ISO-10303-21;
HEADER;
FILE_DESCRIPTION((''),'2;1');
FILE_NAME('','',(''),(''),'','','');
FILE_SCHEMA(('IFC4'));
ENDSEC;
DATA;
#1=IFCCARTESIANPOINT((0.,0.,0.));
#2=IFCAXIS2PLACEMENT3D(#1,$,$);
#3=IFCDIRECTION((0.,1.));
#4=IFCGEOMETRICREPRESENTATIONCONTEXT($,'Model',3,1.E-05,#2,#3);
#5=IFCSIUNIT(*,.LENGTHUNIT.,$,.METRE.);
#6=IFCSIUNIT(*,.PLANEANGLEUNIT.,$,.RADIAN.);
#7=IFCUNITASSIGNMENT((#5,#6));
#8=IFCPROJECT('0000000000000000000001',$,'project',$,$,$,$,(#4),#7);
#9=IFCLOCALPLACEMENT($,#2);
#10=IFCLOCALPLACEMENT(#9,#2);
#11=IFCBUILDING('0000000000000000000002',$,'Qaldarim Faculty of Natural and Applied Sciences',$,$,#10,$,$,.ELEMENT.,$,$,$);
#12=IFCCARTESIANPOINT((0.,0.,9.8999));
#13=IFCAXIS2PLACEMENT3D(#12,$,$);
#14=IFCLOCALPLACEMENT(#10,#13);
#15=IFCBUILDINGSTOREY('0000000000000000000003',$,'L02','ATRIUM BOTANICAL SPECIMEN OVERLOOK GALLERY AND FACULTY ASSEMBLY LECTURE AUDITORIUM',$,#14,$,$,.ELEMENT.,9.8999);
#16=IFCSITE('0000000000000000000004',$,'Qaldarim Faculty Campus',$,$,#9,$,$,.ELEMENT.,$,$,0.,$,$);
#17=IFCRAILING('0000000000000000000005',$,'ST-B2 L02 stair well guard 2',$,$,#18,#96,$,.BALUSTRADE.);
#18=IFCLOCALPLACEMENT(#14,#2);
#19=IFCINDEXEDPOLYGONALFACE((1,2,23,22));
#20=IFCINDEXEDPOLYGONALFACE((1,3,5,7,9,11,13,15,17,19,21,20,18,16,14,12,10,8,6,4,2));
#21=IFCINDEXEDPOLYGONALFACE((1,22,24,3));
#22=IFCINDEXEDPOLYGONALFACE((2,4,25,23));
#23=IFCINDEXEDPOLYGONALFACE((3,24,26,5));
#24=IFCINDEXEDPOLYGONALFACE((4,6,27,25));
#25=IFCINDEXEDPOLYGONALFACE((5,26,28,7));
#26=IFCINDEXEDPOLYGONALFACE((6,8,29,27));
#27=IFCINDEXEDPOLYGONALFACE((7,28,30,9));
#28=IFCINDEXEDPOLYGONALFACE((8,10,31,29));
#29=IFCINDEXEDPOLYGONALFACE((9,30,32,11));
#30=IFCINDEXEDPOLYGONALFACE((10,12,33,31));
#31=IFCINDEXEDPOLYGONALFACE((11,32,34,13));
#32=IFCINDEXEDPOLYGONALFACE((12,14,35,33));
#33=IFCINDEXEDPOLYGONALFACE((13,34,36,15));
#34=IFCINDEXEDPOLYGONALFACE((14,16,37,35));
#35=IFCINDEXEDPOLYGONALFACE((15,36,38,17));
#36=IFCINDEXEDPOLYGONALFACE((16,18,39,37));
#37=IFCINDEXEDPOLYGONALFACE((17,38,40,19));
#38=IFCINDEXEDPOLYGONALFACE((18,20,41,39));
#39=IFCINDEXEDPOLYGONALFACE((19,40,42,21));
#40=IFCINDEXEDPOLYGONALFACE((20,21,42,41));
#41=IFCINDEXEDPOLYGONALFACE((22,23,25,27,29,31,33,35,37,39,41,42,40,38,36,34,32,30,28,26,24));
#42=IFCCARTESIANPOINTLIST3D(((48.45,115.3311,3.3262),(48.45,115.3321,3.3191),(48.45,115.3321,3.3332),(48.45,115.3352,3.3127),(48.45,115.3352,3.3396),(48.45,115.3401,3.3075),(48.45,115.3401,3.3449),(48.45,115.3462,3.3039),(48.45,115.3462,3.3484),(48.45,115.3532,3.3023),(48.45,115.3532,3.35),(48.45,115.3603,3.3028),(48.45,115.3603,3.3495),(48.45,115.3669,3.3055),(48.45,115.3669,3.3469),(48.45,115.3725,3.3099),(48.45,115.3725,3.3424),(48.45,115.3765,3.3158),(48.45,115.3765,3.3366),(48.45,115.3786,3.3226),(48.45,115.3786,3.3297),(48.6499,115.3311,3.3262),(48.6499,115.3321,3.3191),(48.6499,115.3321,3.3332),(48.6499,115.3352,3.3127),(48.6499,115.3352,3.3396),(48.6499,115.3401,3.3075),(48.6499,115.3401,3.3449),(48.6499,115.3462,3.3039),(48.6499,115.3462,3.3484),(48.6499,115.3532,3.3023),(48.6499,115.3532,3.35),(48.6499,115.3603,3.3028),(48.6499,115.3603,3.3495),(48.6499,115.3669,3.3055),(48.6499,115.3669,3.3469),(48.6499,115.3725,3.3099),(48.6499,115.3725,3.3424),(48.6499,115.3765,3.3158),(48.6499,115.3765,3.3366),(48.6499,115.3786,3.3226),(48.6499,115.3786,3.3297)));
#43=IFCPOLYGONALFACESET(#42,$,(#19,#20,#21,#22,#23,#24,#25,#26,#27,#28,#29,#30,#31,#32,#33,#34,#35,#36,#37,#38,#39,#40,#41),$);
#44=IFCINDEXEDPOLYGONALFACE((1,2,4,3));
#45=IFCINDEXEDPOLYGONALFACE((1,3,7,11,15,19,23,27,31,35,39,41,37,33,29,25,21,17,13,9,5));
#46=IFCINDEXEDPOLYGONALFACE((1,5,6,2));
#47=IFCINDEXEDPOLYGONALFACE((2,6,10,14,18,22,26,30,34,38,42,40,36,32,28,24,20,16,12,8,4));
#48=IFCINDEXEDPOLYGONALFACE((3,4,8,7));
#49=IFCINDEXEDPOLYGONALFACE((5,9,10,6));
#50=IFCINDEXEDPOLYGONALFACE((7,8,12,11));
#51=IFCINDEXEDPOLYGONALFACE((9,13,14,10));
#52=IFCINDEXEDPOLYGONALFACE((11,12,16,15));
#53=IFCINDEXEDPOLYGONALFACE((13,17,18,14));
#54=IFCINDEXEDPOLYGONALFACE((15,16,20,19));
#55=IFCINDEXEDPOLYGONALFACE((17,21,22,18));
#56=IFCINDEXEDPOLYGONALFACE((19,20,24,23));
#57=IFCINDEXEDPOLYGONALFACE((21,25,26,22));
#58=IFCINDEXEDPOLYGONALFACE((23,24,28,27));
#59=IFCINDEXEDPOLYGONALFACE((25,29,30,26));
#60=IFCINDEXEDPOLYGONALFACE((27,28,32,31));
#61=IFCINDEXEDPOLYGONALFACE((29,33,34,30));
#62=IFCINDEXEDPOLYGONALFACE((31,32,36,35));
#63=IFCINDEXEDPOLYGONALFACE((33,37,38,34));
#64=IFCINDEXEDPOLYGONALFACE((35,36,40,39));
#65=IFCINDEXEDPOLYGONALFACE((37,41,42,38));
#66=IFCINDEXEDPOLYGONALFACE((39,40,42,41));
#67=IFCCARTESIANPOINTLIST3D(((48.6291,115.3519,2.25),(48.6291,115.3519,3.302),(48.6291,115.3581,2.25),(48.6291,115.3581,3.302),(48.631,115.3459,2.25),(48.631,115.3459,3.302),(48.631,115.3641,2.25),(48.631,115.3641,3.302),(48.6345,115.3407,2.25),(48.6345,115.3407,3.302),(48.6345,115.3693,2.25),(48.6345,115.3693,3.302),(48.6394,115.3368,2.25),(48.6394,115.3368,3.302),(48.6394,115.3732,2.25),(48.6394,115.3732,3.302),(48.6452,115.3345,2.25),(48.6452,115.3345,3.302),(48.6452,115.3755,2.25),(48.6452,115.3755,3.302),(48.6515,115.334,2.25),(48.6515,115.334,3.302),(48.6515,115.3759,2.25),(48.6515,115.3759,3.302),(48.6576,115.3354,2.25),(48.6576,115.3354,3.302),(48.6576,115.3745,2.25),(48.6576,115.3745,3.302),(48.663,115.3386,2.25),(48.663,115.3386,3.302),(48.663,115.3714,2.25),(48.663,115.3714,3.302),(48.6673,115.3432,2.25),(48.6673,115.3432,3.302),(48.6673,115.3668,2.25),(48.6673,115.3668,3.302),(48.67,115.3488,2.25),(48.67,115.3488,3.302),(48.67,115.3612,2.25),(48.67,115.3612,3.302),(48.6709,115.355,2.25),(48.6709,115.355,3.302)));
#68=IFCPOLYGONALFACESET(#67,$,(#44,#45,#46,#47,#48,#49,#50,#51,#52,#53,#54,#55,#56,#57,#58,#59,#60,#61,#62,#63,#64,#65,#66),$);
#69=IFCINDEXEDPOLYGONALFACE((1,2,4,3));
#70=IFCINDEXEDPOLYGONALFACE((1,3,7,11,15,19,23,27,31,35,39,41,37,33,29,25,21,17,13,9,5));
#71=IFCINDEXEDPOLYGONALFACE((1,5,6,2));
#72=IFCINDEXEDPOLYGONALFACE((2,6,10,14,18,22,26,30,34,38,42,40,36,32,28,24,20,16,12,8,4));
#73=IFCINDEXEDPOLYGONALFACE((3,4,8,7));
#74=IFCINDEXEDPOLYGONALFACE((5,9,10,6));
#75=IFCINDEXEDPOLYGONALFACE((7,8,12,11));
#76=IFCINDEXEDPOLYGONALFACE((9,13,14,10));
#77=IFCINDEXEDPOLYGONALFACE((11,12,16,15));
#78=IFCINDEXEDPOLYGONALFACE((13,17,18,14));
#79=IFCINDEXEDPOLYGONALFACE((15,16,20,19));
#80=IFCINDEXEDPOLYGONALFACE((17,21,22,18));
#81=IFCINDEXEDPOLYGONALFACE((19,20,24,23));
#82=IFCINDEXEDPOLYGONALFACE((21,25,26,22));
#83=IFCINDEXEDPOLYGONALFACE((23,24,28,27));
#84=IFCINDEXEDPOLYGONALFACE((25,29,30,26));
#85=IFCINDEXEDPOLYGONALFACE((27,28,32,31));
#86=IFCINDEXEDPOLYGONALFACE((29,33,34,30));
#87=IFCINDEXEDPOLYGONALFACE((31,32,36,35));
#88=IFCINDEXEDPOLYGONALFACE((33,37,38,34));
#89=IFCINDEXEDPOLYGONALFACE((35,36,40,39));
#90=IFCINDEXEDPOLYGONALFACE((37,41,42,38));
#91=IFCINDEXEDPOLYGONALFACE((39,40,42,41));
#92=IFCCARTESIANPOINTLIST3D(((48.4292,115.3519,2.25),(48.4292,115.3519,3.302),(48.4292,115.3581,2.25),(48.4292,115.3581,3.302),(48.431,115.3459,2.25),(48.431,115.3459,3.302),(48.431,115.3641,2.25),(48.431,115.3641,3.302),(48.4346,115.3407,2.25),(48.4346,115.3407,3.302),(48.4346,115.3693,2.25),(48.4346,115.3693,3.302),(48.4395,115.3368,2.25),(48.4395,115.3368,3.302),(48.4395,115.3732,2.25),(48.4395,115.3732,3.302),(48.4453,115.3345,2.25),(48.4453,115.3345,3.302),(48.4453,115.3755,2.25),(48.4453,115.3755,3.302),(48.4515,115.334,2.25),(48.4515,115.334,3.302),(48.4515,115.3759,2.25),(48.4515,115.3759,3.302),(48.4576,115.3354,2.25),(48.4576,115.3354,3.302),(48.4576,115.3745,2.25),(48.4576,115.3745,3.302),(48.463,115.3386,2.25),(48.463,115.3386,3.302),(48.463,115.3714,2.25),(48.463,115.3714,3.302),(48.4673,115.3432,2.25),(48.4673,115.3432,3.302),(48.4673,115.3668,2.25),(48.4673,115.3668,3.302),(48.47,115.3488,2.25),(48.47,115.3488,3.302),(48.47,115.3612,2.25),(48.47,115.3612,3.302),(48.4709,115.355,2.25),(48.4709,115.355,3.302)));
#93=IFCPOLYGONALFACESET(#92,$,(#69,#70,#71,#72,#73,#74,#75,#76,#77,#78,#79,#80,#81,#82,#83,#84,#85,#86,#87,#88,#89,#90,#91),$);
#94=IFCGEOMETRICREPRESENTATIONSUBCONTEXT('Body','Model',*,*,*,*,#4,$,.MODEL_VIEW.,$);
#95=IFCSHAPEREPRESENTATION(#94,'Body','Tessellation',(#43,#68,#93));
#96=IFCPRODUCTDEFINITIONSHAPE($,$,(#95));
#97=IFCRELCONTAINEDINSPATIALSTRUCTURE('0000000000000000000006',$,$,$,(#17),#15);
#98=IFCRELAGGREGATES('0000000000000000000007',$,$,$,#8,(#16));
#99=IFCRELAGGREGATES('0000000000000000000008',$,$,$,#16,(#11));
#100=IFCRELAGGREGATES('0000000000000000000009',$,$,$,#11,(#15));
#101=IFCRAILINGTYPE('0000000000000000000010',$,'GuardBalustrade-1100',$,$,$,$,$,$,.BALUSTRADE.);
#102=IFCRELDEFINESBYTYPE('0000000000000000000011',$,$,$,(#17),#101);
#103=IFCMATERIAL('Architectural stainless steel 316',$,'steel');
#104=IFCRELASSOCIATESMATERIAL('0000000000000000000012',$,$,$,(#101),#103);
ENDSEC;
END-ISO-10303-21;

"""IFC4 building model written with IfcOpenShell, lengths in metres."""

from ifc_helpers import new_model, si_unit, direction, frame, origin, origin_2d, place, context, subcontext, project, spatial, circle, extrude, material, type_object, element, save


model = new_model("IFC4")

# Units and contexts
model_context = context("Model", 3, precision=1e-05, world=origin(), true_north=direction((0.0, 1.0)))
body_context = subcontext(model_context, "Body", "Model", "MODEL_VIEW")
ifc_project = project(units=[si_unit("LENGTHUNIT", "METRE"), si_unit("PLANEANGLEUNIT", "RADIAN")], contexts=[model_context])

# Site, building, storey
site_placement = place(None, origin())
site = spatial("IfcSite", under=ifc_project, at=site_placement, Name="Qaldarim Faculty Campus", CompositionType="ELEMENT", RefElevation=0.0)
building_placement = place(site_placement, origin())
building = spatial("IfcBuilding", under=site, at=building_placement, Name="Qaldarim Faculty of Natural and Applied Sciences", CompositionType="ELEMENT")
storey_placement = place(building_placement, frame((0.0, 0.0, 9.8999)))
storey = spatial("IfcBuildingStorey", under=building, at=storey_placement, Name="L02", Description="ATRIUM BOTANICAL SPECIMEN OVERLOOK GALLERY AND FACULTY ASSEMBLY LECTURE AUDITORIUM", CompositionType="ELEMENT", Elevation=9.8999)

# Shared definitions
ifc_material_1 = material(Name="Architectural stainless steel 316", Category="steel")

# Railing
railing_type_1 = type_object("IfcRailingType", Name="GuardBalustrade-1100", PredefinedType="BALUSTRADE", material=ifc_material_1)
railing_1_placement = place(storey_placement, frame((48.6499, 115.355, 2.25)))
element("IfcRailing", 1, at=railing_1_placement, inside=storey, type_object=railing_type_1, Name="ST-B2 L02 stair well guard 2", PredefinedType="BALUSTRADE", context=body_context, shape_type="SweptSolid", body=[
    extrude(circle(Radius=0.0239, at=origin_2d()), frame((0.0, 0.0, 1.0762), z_axis=(-1.0, 0.0, 0.0), x_axis=(0.0, -1.0, 0.0)), (0.0, 0.0, 1.0), 0.2),
    extrude(circle(Radius=0.021, at=origin_2d()), origin(), (0.0, 0.0, 1.0), 1.052),
    extrude(circle(Radius=0.021, at=origin_2d()), frame((-0.2, 0.0, 0.0)), (0.0, 0.0, 1.0), 1.052),
])

save(model, "model.ifc")
